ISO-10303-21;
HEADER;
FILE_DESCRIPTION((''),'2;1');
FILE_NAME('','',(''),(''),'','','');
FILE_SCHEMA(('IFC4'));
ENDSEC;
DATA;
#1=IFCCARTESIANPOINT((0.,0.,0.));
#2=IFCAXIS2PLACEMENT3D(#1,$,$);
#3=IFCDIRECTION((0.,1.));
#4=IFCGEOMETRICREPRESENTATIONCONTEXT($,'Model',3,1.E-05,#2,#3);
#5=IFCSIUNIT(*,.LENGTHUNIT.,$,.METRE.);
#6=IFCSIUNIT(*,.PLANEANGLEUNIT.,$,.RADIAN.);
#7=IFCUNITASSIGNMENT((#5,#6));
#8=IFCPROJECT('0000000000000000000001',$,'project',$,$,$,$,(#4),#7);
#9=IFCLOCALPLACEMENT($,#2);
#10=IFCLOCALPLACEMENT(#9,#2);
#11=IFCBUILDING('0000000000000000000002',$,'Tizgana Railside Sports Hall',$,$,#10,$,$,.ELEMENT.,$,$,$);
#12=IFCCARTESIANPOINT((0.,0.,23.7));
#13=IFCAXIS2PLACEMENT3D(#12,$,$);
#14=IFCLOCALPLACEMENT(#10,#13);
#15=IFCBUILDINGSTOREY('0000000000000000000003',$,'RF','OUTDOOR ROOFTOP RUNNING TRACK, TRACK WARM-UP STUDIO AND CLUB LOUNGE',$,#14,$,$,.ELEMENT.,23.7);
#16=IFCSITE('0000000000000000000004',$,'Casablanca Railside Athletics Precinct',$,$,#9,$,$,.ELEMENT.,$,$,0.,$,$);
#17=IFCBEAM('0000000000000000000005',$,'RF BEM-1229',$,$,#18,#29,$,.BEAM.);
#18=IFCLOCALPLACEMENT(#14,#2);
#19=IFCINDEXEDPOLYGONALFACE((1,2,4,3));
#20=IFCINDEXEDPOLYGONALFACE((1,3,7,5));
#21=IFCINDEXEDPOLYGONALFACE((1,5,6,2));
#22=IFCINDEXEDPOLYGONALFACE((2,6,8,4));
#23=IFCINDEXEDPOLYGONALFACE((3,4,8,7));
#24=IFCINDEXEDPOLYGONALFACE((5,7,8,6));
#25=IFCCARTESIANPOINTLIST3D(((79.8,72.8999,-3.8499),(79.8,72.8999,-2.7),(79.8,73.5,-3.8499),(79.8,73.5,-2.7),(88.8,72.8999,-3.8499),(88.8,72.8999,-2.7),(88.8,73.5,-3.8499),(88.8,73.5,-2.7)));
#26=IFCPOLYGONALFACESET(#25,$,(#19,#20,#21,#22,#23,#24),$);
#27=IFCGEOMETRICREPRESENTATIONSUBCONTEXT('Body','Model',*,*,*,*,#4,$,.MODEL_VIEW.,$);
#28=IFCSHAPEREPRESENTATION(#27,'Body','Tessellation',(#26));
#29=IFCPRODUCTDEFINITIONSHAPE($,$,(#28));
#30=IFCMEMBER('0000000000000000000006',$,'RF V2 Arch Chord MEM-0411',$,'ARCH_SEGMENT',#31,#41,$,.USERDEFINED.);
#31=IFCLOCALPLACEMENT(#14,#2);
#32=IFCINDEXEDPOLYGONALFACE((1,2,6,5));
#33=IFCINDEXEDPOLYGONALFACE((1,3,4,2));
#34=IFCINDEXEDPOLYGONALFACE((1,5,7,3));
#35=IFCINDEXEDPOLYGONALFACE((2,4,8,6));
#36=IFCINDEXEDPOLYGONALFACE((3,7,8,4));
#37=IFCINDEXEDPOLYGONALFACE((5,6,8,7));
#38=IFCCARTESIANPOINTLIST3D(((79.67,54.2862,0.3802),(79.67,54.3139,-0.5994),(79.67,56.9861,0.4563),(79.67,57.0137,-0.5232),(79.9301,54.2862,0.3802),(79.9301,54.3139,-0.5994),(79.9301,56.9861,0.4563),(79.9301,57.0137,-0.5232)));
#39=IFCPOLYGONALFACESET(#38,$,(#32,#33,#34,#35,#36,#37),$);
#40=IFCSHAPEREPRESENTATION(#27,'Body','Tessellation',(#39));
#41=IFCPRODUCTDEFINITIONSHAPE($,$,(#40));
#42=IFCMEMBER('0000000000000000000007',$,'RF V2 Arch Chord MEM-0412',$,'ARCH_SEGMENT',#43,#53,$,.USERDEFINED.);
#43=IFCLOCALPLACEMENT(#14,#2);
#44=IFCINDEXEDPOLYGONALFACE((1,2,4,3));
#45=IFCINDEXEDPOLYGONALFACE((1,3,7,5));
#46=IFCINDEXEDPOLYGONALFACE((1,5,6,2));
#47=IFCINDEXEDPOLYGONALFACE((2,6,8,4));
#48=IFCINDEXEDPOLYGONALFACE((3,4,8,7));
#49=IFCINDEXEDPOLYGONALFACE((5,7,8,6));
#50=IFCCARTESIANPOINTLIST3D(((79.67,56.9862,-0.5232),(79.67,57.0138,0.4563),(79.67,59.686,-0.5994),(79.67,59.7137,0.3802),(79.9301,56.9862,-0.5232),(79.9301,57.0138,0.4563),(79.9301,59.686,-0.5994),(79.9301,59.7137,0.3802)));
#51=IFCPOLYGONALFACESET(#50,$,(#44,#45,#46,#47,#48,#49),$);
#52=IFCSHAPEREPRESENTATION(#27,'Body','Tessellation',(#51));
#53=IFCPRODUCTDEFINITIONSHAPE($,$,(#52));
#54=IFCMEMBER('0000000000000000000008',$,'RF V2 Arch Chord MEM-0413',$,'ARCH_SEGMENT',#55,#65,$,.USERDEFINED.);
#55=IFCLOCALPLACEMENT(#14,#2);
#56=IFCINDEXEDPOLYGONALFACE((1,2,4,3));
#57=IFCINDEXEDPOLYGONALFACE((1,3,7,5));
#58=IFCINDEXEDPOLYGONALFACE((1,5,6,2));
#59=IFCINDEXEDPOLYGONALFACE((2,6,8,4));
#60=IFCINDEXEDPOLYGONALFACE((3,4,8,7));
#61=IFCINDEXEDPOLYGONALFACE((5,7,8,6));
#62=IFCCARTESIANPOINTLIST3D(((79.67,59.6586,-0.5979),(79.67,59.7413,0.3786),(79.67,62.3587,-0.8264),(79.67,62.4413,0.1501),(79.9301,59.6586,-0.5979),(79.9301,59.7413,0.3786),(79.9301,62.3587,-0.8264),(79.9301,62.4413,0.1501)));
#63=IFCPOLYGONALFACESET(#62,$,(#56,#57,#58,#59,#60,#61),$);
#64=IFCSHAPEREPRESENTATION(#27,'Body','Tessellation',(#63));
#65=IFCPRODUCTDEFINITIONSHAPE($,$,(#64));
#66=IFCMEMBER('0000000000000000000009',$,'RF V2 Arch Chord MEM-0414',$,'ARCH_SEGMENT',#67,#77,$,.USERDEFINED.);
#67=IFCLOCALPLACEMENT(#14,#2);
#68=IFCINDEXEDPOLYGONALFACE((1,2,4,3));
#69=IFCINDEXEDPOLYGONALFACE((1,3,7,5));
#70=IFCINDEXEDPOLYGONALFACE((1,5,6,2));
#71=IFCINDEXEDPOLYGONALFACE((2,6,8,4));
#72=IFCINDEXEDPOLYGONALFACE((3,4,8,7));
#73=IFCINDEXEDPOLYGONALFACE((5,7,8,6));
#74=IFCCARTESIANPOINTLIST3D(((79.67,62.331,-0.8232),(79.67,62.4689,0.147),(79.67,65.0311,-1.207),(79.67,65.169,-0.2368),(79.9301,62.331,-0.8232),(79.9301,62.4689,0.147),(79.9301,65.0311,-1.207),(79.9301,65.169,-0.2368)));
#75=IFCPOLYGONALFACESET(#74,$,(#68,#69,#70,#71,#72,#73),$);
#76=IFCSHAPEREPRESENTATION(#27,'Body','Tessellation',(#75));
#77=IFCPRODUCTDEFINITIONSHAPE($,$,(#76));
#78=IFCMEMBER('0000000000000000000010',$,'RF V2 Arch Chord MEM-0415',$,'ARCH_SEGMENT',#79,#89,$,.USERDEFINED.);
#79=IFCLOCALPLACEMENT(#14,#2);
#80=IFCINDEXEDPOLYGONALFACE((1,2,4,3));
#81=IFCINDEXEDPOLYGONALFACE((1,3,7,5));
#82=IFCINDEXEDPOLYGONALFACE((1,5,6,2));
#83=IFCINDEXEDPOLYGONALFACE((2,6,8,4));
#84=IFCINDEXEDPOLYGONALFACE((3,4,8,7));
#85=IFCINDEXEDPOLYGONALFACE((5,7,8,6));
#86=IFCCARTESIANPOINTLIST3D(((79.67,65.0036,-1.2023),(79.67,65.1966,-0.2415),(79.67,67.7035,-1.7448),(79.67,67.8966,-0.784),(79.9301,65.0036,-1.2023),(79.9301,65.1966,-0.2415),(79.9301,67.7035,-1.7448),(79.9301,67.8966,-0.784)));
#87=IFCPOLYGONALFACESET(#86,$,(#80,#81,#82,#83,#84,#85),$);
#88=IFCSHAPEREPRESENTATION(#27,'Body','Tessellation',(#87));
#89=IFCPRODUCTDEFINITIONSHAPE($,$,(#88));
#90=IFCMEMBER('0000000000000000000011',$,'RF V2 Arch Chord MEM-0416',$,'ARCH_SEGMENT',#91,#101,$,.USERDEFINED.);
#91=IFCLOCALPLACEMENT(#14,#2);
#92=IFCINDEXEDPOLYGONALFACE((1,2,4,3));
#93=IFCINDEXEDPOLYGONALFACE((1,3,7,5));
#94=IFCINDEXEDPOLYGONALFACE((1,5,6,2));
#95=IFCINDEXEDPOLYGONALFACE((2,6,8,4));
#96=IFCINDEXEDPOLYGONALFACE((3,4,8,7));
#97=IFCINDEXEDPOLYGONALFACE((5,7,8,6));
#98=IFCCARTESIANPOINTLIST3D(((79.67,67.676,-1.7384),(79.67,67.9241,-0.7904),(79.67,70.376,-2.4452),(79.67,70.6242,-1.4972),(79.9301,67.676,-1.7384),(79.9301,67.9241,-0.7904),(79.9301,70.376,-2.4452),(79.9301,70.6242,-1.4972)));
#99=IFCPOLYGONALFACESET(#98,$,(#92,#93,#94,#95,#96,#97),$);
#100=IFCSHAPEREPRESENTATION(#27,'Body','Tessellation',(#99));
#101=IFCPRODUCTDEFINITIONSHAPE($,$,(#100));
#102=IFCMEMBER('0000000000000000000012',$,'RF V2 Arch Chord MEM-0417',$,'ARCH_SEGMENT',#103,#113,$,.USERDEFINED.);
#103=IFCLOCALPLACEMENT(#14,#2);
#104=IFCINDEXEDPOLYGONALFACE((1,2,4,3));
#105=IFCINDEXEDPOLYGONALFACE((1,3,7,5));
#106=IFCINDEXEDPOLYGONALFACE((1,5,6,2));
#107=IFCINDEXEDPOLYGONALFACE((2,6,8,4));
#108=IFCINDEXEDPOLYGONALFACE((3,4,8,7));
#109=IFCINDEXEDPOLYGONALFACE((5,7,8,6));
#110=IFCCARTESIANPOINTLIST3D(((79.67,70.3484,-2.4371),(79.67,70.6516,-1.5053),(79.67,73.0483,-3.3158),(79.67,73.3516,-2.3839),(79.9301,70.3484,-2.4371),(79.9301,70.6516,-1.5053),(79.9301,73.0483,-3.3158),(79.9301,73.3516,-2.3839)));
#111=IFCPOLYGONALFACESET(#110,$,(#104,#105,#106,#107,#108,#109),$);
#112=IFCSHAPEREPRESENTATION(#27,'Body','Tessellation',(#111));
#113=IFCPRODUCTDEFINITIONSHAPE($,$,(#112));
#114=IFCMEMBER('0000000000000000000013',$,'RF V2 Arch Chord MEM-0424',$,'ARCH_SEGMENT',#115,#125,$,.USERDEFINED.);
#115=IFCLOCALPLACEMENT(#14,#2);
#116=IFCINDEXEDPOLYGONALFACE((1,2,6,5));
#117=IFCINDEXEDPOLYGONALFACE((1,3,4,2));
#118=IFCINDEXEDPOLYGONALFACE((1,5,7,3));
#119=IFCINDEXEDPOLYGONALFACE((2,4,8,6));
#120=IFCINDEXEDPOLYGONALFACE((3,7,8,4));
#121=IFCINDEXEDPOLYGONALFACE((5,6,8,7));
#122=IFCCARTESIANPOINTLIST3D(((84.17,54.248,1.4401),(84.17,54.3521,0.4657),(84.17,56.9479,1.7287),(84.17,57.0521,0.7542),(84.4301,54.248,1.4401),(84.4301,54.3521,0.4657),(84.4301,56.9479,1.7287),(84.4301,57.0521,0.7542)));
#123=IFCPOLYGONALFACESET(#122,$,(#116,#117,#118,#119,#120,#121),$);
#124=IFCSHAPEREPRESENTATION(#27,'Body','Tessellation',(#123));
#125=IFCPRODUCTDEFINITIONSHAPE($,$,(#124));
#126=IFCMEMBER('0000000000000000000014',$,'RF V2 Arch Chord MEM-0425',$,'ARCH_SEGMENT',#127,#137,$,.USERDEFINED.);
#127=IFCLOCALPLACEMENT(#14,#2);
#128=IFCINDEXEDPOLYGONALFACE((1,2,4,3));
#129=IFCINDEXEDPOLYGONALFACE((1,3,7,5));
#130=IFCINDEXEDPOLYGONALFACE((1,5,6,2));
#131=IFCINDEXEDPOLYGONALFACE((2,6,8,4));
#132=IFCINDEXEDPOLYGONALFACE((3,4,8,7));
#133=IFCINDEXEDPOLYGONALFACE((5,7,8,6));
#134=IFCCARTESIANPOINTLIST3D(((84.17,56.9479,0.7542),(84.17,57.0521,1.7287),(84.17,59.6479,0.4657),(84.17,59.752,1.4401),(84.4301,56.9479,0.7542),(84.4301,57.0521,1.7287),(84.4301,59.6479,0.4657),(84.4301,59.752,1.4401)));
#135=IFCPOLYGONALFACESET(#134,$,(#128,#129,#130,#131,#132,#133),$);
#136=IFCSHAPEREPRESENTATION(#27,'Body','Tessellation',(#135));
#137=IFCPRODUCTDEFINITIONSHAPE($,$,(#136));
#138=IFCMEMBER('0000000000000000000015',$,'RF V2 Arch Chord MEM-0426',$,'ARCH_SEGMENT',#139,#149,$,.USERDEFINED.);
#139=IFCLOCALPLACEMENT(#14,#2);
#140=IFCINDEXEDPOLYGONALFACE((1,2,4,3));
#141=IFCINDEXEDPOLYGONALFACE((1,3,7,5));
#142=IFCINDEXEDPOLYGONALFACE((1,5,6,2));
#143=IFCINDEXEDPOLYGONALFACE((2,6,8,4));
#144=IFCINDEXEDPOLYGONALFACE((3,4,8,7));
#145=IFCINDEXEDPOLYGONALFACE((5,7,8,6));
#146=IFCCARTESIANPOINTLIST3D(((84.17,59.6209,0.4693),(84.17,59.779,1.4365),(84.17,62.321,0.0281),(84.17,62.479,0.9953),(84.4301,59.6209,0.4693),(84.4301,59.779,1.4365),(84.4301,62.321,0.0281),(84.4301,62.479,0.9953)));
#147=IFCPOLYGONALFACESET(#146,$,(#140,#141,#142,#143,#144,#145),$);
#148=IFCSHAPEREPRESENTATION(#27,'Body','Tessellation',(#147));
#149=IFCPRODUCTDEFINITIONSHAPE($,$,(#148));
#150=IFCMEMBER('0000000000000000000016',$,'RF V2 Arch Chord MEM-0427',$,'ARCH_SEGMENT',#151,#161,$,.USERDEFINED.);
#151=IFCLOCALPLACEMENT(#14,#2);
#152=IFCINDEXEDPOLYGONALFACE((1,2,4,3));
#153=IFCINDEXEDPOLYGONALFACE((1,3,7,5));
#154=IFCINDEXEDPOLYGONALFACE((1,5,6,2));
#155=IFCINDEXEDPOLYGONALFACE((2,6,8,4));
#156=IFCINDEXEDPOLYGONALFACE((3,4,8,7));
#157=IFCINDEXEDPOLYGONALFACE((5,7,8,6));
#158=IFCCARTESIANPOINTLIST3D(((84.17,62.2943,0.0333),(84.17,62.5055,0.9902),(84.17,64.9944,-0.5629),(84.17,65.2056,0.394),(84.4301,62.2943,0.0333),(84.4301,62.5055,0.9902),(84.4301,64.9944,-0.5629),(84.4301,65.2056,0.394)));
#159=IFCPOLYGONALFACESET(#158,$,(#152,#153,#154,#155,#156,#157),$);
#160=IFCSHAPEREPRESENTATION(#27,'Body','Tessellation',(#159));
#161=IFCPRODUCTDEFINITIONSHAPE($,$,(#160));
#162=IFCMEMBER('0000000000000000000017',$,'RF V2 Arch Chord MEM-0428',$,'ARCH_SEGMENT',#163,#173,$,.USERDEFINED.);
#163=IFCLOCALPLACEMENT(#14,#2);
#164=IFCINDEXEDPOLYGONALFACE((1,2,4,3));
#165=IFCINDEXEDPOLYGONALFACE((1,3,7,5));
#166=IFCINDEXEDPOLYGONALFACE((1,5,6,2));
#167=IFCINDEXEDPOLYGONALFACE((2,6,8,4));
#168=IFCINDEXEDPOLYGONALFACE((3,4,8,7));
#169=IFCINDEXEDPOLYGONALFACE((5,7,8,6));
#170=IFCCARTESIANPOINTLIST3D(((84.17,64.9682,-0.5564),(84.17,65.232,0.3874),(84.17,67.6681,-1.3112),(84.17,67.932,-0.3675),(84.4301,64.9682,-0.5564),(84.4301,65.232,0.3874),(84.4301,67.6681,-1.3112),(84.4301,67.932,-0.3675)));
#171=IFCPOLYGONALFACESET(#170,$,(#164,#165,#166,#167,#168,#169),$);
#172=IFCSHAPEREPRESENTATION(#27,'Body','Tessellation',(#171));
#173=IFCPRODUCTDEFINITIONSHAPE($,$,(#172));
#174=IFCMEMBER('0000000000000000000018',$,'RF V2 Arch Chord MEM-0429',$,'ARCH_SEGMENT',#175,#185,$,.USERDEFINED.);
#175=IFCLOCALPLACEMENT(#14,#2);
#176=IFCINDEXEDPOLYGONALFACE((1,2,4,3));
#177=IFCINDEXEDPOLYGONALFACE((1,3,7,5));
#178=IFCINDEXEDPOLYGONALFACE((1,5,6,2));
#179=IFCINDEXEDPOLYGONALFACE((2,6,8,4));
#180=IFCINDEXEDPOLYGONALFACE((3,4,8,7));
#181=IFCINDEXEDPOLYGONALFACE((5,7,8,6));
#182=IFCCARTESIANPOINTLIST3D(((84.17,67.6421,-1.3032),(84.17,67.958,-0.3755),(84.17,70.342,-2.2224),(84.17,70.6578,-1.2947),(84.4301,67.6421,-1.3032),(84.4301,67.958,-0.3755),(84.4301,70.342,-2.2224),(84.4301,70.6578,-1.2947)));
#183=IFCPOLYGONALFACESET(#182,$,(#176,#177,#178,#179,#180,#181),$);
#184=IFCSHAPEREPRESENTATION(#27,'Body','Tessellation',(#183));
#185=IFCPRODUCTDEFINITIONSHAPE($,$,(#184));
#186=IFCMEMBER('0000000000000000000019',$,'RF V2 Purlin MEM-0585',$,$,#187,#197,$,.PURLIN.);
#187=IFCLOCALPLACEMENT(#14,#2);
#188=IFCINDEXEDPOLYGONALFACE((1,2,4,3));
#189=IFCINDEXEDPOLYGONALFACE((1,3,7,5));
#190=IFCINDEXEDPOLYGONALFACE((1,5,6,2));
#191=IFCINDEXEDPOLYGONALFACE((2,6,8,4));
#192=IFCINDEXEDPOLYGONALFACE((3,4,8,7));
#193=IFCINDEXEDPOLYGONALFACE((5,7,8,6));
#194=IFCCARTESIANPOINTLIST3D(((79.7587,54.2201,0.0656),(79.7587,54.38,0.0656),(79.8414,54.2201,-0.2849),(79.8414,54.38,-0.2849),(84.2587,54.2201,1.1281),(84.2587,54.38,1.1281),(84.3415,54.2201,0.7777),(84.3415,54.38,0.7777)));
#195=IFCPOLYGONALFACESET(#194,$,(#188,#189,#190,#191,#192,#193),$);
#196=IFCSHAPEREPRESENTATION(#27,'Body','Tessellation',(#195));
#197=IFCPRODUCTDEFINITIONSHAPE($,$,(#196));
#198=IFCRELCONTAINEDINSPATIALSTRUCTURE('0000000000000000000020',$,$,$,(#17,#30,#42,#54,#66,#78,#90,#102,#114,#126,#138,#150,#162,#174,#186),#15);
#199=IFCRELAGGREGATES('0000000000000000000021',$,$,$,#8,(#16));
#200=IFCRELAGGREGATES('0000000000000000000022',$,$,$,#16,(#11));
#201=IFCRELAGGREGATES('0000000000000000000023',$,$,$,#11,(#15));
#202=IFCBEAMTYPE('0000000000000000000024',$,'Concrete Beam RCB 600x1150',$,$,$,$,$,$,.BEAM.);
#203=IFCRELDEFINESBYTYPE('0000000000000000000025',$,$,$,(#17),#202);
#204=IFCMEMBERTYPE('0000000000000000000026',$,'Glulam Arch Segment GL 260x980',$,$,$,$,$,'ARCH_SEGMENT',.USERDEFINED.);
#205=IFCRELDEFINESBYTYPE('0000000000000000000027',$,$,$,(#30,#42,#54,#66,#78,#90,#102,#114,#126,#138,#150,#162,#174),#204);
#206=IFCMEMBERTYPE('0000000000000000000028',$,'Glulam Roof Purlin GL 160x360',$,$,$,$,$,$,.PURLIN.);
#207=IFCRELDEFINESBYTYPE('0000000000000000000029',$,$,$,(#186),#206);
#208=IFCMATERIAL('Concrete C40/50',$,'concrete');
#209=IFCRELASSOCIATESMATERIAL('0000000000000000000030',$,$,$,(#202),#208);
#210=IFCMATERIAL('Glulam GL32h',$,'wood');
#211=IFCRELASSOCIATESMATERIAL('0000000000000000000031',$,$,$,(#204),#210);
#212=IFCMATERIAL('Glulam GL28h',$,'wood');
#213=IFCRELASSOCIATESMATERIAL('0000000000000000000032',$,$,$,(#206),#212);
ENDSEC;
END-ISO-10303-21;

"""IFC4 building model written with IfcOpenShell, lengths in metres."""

from ifc_helpers import new_model, si_unit, direction, frame, origin, origin_2d, place, context, subcontext, project, spatial, rectangle, extrude, material, material_profile, profile_set, type_object, element, save


model = new_model("IFC4")

# Units and contexts
model_context = context("Model", 3, precision=1e-05, world=origin(), true_north=direction((0.0, 1.0)))
body_context = subcontext(model_context, "Body", "Model", "MODEL_VIEW")
ifc_project = project(units=[si_unit("LENGTHUNIT", "METRE"), si_unit("PLANEANGLEUNIT", "RADIAN")], contexts=[model_context])

# Site, building, storey
site_placement = place(None, origin())
site = spatial("IfcSite", under=ifc_project, at=site_placement, Name="Casablanca Railside Athletics Precinct", CompositionType="ELEMENT", RefElevation=0.0)
building_placement = place(site_placement, origin())
building = spatial("IfcBuilding", under=site, at=building_placement, Name="Tizgana Railside Sports Hall", CompositionType="ELEMENT")
storey_placement = place(building_placement, frame((0.0, 0.0, 23.7)))
storey = spatial("IfcBuildingStorey", under=building, at=storey_placement, Name="RF", Description="OUTDOOR ROOFTOP RUNNING TRACK, TRACK WARM-UP STUDIO AND CLUB LOUNGE", CompositionType="ELEMENT", Elevation=23.7)

# Beam
ifc_material_1 = material(Name="Concrete C40/50", Category="concrete")
ifc_material_profile_1 = material_profile(ifc_material_1, rectangle(XDim=0.6001, YDim=1.1499, at=origin_2d()), Name="RCB 600x1150")
ifc_profile_set_1 = profile_set([ifc_material_profile_1], Name="Concrete C40/50")
beam_type = type_object("IfcBeamType", Name="Concrete Beam RCB 600x1150", PredefinedType="BEAM", material=ifc_profile_set_1)
beam_placement = place(storey_placement, frame((79.8, 73.2, -3.2749), z_axis=(1.0, 0.0, 0.0), x_axis=(0.0, 1.0, 0.0)))
element("IfcBeam", 1, at=beam_placement, inside=storey, type_object=beam_type, Name="RF BEM-1229", PredefinedType="BEAM", context=body_context, shape_type="SweptSolid", body=[
    extrude(rectangle(XDim=0.6001, YDim=1.1499, at=origin_2d()), origin(), (0.0, 0.0, 1.0), 9.0),
])

# Members
ifc_material_2 = material(Name="Glulam GL32h", Category="wood")
ifc_material_profile_2 = material_profile(ifc_material_2, rectangle(XDim=0.26, YDim=0.98, at=origin_2d()), Name="GL 260x980")
ifc_profile_set_2 = profile_set([ifc_material_profile_2], Name="Glulam GL32h")
member_type_1 = type_object("IfcMemberType", Name="Glulam Arch Segment GL 260x980", ElementType="ARCH_SEGMENT", PredefinedType="USERDEFINED", material=ifc_profile_set_2)
for number, where, z_axis, x_axis, name in (
    (2, (79.8, 54.3, -0.1096), (0.0, 0.999602, 0.028201), (-1.0, 0.0, 0.0), "RF V2 Arch Chord MEM-0411"),
    (3, (79.8, 57.0, -0.0334), (0.0, 0.999602, -0.028201), (-1.0, 0.0, 0.0), "RF V2 Arch Chord MEM-0412"),
):
    element("IfcMember", number, at=place(storey_placement, frame(where, z_axis=z_axis, x_axis=x_axis)), inside=storey, type_object=member_type_1, Name=name, ObjectType="ARCH_SEGMENT", PredefinedType="USERDEFINED", context=body_context, shape_type="SweptSolid", body=[
        extrude(rectangle(XDim=0.26, YDim=0.98, at=origin_2d()), origin(), (0.0, 0.0, 1.0), 2.7009),
    ])
member_1_placement = place(storey_placement, frame((79.8, 59.7, -0.1096), z_axis=(0.0, 0.996437, -0.084335), x_axis=(-1.0, 0.0, 0.0)))
element("IfcMember", 4, at=member_1_placement, inside=storey, type_object=member_type_1, Name="RF V2 Arch Chord MEM-0413", ObjectType="ARCH_SEGMENT", PredefinedType="USERDEFINED", context=body_context, shape_type="SweptSolid", body=[
    extrude(rectangle(XDim=0.26, YDim=0.98, at=origin_2d()), origin(), (0.0, 0.0, 1.0), 2.7097),
])
member_2_placement = place(storey_placement, frame((79.8, 62.3999, -0.3381), z_axis=(0.0, 0.99005, -0.14072), x_axis=(-1.0, 0.0, 0.0)))
element("IfcMember", 5, at=member_2_placement, inside=storey, type_object=member_type_1, Name="RF V2 Arch Chord MEM-0414", ObjectType="ARCH_SEGMENT", PredefinedType="USERDEFINED", context=body_context, shape_type="SweptSolid", body=[
    extrude(rectangle(XDim=0.26, YDim=0.98, at=origin_2d()), origin(), (0.0, 0.0, 1.0), 2.7273),
])
member_3_placement = place(storey_placement, frame((79.8, 65.1001, -0.7219), z_axis=(0.0, 0.980406, -0.196986), x_axis=(-1.0, 0.0, 0.0)))
element("IfcMember", 6, at=member_3_placement, inside=storey, type_object=member_type_1, Name="RF V2 Arch Chord MEM-0415", ObjectType="ARCH_SEGMENT", PredefinedType="USERDEFINED", context=body_context, shape_type="SweptSolid", body=[
    extrude(rectangle(XDim=0.26, YDim=0.98, at=origin_2d()), origin(), (0.0, 0.0, 1.0), 2.7539),
])
member_4_placement = place(storey_placement, frame((79.8, 67.8, -1.2644), z_axis=(0.0, 0.967402, -0.253244), x_axis=(-1.0, 0.0, 0.0)))
element("IfcMember", 7, at=member_4_placement, inside=storey, type_object=member_type_1, Name="RF V2 Arch Chord MEM-0416", ObjectType="ARCH_SEGMENT", PredefinedType="USERDEFINED", context=body_context, shape_type="SweptSolid", body=[
    extrude(rectangle(XDim=0.26, YDim=0.98, at=origin_2d()), origin(), (0.0, 0.0, 1.0), 2.791),
])
member_5_placement = place(storey_placement, frame((79.8, 70.5, -1.9712), z_axis=(0.0, 0.950912, -0.309461), x_axis=(-1.0, 0.0, 0.0)))
element("IfcMember", 8, at=member_5_placement, inside=storey, type_object=member_type_1, Name="RF V2 Arch Chord MEM-0417", ObjectType="ARCH_SEGMENT", PredefinedType="USERDEFINED", context=body_context, shape_type="SweptSolid", body=[
    extrude(rectangle(XDim=0.26, YDim=0.98, at=origin_2d()), origin(), (0.0, 0.0, 1.0), 2.8394),
])
for number, where, z_axis, x_axis, name in (
    (9, (84.3, 54.3, 0.9529), (0.0, 0.994337, 0.106276), (-1.0, 0.0, 0.0), "RF V2 Arch Chord MEM-0424"),
    (10, (84.3, 57.0, 1.2415), (0.0, 0.994337, -0.106276), (-1.0, 0.0, 0.0), "RF V2 Arch Chord MEM-0425"),
):
    element("IfcMember", number, at=place(storey_placement, frame(where, z_axis=z_axis, x_axis=x_axis)), inside=storey, type_object=member_type_1, Name=name, ObjectType="ARCH_SEGMENT", PredefinedType="USERDEFINED", context=body_context, shape_type="SweptSolid", body=[
        extrude(rectangle(XDim=0.26, YDim=0.98, at=origin_2d()), origin(), (0.0, 0.0, 1.0), 2.7153),
    ])
member_6_placement = place(storey_placement, frame((84.3, 59.7, 0.9529), z_axis=(0.0, 0.986912, -0.161258), x_axis=(-1.0, 0.0, 0.0)))
element("IfcMember", 11, at=member_6_placement, inside=storey, type_object=member_type_1, Name="RF V2 Arch Chord MEM-0426", ObjectType="ARCH_SEGMENT", PredefinedType="USERDEFINED", context=body_context, shape_type="SweptSolid", body=[
    extrude(rectangle(XDim=0.26, YDim=0.98, at=origin_2d()), origin(), (0.0, 0.0, 1.0), 2.7358),
])
member_7_placement = place(storey_placement, frame((84.3, 62.3999, 0.5117), z_axis=(0.0, 0.976481, -0.215603), x_axis=(-1.0, 0.0, 0.0)))
element("IfcMember", 12, at=member_7_placement, inside=storey, type_object=member_type_1, Name="RF V2 Arch Chord MEM-0427", ObjectType="ARCH_SEGMENT", PredefinedType="USERDEFINED", context=body_context, shape_type="SweptSolid", body=[
    extrude(rectangle(XDim=0.26, YDim=0.98, at=origin_2d()), origin(), (0.0, 0.0, 1.0), 2.7651),
])
member_8_placement = place(storey_placement, frame((84.3, 65.1001, -0.0845), z_axis=(0.0, 0.963066, -0.269265), x_axis=(-1.0, 0.0, 0.0)))
element("IfcMember", 13, at=member_8_placement, inside=storey, type_object=member_type_1, Name="RF V2 Arch Chord MEM-0428", ObjectType="ARCH_SEGMENT", PredefinedType="USERDEFINED", context=body_context, shape_type="SweptSolid", body=[
    extrude(rectangle(XDim=0.26, YDim=0.98, at=origin_2d()), origin(), (0.0, 0.0, 1.0), 2.8035),
])
member_9_placement = place(storey_placement, frame((84.3, 67.8, -0.8394), z_axis=(0.0, 0.946644, -0.322282), x_axis=(-1.0, 0.0, 0.0)))
element("IfcMember", 14, at=member_9_placement, inside=storey, type_object=member_type_1, Name="RF V2 Arch Chord MEM-0429", ObjectType="ARCH_SEGMENT", PredefinedType="USERDEFINED", context=body_context, shape_type="SweptSolid", body=[
    extrude(rectangle(XDim=0.26, YDim=0.98, at=origin_2d()), origin(), (0.0, 0.0, 1.0), 2.8521),
])
ifc_material_3 = material(Name="Glulam GL28h", Category="wood")
ifc_material_profile_3 = material_profile(ifc_material_3, rectangle(XDim=0.1599, YDim=0.3601, at=origin_2d()), Name="GL 160x360")
ifc_profile_set_3 = profile_set([ifc_material_profile_3], Name="Glulam GL28h")
member_type_2 = type_object("IfcMemberType", Name="Glulam Roof Purlin GL 160x360", PredefinedType="PURLIN", material=ifc_profile_set_3)
for number, where, z_axis, x_axis, name in (
    (15, (79.8, 54.3, -0.1096), (0.97324, 0.0, 0.229793), (0.0, 1.0, 0.0), "RF V2 Purlin MEM-0585"),
):
    element("IfcMember", number, at=place(storey_placement, frame(where, z_axis=z_axis, x_axis=x_axis)), inside=storey, type_object=member_type_2, Name=name, PredefinedType="PURLIN", context=body_context, shape_type="SweptSolid", body=[
        extrude(rectangle(XDim=0.1599, YDim=0.3601, at=origin_2d()), origin(), (0.0, 0.0, 1.0), 4.6238),
    ])

save(model, "model.ifc")
